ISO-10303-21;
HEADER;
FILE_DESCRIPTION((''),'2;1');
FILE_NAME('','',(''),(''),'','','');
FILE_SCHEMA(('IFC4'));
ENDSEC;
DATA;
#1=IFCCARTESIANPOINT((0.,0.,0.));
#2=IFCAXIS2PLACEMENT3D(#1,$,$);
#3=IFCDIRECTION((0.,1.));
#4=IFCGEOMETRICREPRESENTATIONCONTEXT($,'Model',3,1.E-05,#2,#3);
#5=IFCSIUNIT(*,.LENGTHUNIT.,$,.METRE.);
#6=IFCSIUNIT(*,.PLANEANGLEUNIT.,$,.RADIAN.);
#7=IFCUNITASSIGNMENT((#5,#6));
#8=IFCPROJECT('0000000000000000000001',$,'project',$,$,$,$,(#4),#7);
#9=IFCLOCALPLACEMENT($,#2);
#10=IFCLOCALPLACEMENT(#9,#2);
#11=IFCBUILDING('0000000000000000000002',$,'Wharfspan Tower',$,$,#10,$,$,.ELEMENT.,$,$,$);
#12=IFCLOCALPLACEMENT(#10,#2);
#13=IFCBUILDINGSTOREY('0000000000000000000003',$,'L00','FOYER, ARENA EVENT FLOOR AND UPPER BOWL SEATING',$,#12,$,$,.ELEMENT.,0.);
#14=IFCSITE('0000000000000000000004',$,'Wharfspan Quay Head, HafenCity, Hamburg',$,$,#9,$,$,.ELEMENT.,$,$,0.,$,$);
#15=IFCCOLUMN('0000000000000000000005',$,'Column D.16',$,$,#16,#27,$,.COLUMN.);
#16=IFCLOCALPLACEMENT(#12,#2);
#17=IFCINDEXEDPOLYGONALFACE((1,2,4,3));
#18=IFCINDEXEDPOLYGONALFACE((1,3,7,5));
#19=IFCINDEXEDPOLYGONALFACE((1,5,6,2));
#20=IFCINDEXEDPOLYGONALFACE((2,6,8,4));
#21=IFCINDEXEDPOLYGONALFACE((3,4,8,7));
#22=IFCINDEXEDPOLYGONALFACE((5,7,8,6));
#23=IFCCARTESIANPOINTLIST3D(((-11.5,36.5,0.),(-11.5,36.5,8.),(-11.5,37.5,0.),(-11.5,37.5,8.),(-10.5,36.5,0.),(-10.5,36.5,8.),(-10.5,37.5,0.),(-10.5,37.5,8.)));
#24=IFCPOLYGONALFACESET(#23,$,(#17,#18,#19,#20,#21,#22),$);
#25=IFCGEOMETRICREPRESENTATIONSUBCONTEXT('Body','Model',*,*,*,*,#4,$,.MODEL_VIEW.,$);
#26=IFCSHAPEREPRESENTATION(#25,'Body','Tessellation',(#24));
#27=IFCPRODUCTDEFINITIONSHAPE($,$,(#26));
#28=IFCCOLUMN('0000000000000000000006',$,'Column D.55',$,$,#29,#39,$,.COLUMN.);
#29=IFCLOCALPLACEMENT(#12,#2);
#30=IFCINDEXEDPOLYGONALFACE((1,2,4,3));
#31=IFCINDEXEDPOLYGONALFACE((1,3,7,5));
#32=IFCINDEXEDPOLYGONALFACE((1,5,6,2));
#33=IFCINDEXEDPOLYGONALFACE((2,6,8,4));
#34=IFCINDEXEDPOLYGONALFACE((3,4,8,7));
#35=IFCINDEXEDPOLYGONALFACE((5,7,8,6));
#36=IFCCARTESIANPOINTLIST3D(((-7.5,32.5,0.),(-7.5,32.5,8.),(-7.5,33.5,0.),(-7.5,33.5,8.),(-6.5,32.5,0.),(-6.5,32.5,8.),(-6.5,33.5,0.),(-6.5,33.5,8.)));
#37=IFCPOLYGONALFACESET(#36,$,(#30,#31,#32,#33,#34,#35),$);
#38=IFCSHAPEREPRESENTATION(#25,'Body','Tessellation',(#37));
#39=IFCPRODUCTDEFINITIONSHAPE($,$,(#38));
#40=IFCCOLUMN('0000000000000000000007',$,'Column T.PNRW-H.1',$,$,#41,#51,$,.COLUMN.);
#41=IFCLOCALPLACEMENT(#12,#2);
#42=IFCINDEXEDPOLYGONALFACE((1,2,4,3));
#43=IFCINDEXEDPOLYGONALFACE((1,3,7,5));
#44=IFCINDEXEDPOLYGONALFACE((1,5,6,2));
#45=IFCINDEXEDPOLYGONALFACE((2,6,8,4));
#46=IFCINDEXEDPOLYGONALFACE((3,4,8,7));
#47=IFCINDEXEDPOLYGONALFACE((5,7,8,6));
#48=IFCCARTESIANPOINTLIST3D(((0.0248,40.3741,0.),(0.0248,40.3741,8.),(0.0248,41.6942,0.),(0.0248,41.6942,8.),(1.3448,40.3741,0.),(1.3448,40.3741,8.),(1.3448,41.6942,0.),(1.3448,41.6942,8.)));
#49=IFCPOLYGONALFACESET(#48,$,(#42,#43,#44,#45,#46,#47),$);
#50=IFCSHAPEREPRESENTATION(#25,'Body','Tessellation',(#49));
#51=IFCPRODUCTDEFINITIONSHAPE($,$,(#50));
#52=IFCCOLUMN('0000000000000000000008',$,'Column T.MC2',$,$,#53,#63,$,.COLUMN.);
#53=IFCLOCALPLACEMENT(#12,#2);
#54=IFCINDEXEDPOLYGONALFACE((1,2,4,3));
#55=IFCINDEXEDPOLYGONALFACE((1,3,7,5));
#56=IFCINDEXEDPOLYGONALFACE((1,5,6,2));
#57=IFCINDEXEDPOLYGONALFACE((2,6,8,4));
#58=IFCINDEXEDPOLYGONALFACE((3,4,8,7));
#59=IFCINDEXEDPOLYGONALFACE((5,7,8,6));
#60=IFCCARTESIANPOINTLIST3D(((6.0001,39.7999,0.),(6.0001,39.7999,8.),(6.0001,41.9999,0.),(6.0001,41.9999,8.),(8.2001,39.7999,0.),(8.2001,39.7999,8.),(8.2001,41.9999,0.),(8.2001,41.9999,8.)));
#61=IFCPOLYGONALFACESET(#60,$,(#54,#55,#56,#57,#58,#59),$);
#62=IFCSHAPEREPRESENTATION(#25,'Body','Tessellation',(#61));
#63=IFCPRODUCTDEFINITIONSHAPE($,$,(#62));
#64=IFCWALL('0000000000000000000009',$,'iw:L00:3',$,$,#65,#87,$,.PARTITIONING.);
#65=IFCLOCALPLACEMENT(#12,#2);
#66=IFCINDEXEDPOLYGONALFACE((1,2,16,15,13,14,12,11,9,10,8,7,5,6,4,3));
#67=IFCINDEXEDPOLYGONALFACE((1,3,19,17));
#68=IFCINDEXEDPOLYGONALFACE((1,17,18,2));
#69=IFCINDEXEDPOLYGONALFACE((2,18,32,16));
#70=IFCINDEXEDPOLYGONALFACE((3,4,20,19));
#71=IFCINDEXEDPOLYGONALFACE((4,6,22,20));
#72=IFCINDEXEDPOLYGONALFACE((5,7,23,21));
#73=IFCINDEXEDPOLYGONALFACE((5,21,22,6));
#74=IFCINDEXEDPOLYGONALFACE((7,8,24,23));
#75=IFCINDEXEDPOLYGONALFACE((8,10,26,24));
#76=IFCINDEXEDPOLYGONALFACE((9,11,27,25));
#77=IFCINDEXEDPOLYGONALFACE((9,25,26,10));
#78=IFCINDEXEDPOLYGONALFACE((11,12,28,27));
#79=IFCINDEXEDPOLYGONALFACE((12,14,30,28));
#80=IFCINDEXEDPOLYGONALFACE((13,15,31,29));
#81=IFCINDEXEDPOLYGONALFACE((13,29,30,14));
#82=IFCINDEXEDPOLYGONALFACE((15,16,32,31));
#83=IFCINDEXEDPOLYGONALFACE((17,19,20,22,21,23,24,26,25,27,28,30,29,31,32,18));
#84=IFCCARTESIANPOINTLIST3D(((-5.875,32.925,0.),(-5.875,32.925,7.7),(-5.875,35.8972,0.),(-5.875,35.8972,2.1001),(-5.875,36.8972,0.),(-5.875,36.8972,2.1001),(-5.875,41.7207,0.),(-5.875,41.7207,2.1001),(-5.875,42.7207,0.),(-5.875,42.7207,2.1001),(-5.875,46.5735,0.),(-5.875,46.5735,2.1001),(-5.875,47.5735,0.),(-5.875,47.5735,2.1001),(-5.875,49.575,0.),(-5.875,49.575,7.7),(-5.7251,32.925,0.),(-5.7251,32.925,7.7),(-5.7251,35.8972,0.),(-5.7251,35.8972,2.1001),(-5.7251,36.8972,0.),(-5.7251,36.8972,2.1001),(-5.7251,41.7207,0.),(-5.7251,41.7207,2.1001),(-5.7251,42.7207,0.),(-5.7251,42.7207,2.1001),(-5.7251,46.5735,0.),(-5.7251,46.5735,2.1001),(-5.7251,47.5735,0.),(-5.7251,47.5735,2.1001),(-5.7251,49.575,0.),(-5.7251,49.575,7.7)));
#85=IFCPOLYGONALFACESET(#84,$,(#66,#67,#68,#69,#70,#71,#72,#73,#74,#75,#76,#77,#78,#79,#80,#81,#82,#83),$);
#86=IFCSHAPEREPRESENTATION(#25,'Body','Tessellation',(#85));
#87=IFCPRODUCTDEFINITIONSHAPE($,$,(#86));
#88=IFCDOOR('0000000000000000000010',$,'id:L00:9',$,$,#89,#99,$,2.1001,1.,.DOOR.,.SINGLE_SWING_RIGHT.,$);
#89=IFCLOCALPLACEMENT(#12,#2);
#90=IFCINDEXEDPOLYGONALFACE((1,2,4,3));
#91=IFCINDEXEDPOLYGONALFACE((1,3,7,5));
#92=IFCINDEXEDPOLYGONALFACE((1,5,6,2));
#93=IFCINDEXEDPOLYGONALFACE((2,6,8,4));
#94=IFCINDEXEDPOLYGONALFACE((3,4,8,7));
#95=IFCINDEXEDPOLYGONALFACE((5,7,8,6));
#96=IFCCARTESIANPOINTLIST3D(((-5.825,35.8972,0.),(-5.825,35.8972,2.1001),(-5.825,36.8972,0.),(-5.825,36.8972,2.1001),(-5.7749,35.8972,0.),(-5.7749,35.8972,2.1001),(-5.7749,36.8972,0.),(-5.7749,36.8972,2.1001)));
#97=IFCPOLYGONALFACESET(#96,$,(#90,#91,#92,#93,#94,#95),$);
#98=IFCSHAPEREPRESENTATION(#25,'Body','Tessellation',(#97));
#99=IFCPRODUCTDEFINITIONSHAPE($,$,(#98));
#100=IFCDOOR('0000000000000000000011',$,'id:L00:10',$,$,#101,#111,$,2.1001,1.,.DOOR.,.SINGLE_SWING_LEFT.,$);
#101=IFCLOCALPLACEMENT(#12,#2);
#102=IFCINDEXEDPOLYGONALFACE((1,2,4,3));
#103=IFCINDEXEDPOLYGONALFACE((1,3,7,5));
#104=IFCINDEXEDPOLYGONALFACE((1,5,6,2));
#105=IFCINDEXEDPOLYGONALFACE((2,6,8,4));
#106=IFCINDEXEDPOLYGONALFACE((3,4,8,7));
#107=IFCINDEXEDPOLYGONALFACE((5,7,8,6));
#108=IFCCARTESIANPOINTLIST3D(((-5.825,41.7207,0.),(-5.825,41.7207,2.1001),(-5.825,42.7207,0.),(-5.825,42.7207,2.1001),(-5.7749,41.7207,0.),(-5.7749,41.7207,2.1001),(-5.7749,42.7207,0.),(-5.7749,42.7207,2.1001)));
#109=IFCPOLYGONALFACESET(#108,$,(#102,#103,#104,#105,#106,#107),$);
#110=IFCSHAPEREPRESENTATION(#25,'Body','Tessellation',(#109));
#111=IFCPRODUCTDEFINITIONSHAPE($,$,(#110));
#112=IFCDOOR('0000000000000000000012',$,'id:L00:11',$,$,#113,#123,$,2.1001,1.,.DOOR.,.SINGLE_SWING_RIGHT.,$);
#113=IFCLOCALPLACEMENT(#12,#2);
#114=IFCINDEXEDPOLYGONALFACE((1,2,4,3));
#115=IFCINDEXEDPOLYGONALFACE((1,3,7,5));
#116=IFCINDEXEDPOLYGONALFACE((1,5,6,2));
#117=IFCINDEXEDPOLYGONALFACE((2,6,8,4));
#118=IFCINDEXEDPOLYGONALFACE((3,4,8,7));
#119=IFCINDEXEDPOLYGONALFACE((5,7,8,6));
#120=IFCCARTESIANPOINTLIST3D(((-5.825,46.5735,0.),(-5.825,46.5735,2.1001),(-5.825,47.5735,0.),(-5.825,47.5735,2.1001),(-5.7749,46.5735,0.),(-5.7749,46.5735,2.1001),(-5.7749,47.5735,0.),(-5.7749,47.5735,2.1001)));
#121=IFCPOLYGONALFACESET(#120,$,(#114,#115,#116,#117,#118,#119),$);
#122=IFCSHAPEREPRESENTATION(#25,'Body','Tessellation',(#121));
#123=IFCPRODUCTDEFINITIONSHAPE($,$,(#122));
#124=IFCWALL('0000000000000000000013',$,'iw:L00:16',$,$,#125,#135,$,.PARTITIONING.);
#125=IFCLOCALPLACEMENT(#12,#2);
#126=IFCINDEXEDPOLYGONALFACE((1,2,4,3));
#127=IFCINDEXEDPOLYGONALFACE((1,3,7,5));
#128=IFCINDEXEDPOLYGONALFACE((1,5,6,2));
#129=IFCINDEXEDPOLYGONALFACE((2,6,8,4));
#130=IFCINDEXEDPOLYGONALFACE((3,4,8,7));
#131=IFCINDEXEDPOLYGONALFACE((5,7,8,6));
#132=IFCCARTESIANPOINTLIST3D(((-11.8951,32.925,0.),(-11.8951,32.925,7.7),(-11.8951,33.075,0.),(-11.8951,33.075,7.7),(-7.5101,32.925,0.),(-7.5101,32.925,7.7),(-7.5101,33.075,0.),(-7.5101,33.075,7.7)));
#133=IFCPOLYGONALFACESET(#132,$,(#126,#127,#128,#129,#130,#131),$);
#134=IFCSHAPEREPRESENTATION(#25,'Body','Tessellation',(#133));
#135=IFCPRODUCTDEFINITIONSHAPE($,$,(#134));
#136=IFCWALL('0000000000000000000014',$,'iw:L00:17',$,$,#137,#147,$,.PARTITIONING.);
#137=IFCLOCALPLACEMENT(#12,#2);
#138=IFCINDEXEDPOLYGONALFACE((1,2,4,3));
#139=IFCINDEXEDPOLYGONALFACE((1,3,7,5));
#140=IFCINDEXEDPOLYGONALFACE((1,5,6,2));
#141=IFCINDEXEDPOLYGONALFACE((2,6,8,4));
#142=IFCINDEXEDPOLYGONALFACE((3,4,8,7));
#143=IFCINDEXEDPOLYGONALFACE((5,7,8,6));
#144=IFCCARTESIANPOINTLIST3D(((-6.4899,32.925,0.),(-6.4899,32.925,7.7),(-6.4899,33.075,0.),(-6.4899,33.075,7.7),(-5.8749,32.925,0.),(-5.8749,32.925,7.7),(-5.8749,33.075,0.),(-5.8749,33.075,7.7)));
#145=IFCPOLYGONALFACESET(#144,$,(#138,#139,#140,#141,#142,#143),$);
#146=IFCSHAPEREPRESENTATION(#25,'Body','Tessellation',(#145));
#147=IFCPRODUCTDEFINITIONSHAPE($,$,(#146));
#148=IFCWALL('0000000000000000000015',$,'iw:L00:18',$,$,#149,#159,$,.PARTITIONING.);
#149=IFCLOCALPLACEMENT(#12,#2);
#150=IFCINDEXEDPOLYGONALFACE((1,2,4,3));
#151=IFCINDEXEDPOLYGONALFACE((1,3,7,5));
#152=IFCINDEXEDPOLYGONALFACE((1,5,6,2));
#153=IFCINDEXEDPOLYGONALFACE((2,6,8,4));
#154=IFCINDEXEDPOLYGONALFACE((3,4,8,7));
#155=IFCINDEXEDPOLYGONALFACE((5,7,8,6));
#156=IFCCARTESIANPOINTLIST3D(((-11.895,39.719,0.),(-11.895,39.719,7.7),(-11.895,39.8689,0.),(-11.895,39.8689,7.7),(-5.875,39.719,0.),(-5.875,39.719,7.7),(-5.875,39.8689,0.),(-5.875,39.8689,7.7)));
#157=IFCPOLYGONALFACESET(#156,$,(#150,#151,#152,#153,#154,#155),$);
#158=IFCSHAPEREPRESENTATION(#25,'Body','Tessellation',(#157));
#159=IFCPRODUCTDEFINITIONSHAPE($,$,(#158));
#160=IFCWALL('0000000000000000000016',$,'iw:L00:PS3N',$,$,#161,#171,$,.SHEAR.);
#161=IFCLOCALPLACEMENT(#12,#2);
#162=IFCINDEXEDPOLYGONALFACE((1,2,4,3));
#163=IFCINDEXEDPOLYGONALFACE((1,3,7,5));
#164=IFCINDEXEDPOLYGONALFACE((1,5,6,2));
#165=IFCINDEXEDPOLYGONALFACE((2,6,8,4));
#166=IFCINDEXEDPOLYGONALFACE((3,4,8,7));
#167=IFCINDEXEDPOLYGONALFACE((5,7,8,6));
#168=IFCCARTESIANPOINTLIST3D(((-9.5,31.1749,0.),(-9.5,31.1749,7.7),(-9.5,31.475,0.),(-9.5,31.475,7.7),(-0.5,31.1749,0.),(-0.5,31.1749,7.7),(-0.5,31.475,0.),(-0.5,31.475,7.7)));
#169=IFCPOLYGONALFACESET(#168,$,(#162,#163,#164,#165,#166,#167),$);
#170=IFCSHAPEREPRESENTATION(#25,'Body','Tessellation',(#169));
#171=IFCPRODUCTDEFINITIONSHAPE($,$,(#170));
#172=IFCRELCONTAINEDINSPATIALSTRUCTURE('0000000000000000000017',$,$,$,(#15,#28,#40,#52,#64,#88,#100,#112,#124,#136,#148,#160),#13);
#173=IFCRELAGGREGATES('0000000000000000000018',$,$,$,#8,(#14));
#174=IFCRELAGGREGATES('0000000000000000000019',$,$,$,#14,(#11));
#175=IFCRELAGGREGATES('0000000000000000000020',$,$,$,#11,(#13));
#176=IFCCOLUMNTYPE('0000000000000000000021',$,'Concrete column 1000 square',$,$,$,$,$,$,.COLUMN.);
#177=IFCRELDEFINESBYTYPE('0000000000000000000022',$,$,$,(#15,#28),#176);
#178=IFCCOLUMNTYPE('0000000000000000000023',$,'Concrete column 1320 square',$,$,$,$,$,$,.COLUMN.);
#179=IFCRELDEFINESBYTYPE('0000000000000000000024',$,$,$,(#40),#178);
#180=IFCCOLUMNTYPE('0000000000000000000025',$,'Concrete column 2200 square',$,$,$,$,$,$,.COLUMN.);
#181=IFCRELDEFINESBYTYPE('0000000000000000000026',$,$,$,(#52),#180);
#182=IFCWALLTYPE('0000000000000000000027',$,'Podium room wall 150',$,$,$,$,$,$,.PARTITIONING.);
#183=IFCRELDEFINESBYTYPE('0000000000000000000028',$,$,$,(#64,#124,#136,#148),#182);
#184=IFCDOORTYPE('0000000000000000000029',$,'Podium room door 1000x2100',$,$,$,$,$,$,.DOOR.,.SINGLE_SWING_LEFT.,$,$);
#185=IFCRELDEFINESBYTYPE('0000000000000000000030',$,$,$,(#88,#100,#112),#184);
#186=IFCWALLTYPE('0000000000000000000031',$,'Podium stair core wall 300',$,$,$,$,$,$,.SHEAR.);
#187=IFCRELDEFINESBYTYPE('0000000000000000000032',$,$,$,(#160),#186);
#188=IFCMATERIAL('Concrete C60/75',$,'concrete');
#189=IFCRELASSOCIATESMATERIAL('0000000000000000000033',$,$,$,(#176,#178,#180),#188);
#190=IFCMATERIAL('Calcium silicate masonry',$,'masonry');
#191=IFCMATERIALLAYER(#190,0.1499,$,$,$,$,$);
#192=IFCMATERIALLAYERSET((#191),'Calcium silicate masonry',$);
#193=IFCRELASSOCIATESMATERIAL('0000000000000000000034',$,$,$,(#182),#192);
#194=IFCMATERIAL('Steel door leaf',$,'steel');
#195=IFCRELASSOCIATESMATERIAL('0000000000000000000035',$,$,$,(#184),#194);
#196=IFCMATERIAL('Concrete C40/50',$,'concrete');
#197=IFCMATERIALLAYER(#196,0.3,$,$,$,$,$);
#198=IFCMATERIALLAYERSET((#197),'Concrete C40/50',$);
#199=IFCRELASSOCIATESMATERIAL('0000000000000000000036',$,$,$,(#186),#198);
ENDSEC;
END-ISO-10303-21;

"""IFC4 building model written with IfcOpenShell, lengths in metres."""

from ifc_helpers import new_model, si_unit, direction, frame, frame_2d, origin, origin_2d, place, context, subcontext, project, spatial, rectangle, extrude, material, layer, layer_set, material_profile, profile_set, type_object, element, fill, save


model = new_model("IFC4")

# Units and contexts
model_context = context("Model", 3, precision=1e-05, world=origin(), true_north=direction((0.0, 1.0)))
body_context = subcontext(model_context, "Body", "Model", "MODEL_VIEW")
ifc_project = project(units=[si_unit("LENGTHUNIT", "METRE"), si_unit("PLANEANGLEUNIT", "RADIAN")], contexts=[model_context])

# Site, building, storey
site_placement = place(None, origin())
site = spatial("IfcSite", under=ifc_project, at=site_placement, Name="Wharfspan Quay Head, HafenCity, Hamburg", CompositionType="ELEMENT", RefElevation=0.0)
building_placement = place(site_placement, origin())
building = spatial("IfcBuilding", under=site, at=building_placement, Name="Wharfspan Tower", CompositionType="ELEMENT")
storey_placement = place(building_placement, origin())
storey = spatial("IfcBuildingStorey", under=building, at=storey_placement, Name="L00", Description="FOYER, ARENA EVENT FLOOR AND UPPER BOWL SEATING", CompositionType="ELEMENT", Elevation=0.0)

# Columns
ifc_material_1 = material(Name="Concrete C60/75", Category="concrete")
ifc_material_profile_1 = material_profile(ifc_material_1, rectangle(XDim=1.0, YDim=1.0, at=origin_2d()))
ifc_profile_set_1 = profile_set([ifc_material_profile_1], Name="Concrete C60/75")
column_type_1 = type_object("IfcColumnType", Name="Concrete column 1000 square", PredefinedType="COLUMN", material=ifc_profile_set_1)
for number, where, z_axis, x_axis, name in (
    (1, (-11.0, 37.0, 0.0), (0.0, 0.0, 1.0), (1.0, 0.0, 0.0), "Column D.16"),
    (2, (-7.0, 33.0, 0.0), (0.0, 0.0, 1.0), (1.0, 0.0, 0.0), "Column D.55"),
):
    element("IfcColumn", number, at=place(storey_placement, frame(where, z_axis=z_axis, x_axis=x_axis)), inside=storey, type_object=column_type_1, Name=name, PredefinedType="COLUMN", context=body_context, shape_type="SweptSolid", body=[
        extrude(rectangle(XDim=1.0, YDim=1.0, at=origin_2d()), origin(), (0.0, 0.0, 1.0), 8.0),
    ])
ifc_material_profile_2 = material_profile(ifc_material_1, rectangle(XDim=1.3201, YDim=1.3201, at=origin_2d()))
ifc_profile_set_2 = profile_set([ifc_material_profile_2], Name="Concrete C60/75")
column_type_2 = type_object("IfcColumnType", Name="Concrete column 1320 square", PredefinedType="COLUMN", material=ifc_profile_set_2)
column_1_placement = place(storey_placement, frame((0.6848, 41.0342, 0.0), z_axis=(0.0, 0.0, 1.0), x_axis=(1.0, 0.0, 0.0)))
element("IfcColumn", 3, at=column_1_placement, inside=storey, type_object=column_type_2, Name="Column T.PNRW-H.1", PredefinedType="COLUMN", context=body_context, shape_type="SweptSolid", body=[
    extrude(rectangle(XDim=1.3201, YDim=1.3201, at=origin_2d()), origin(), (0.0, 0.0, 1.0), 8.0),
])
ifc_material_profile_3 = material_profile(ifc_material_1, rectangle(XDim=2.2, YDim=2.2, at=origin_2d()))
ifc_profile_set_3 = profile_set([ifc_material_profile_3], Name="Concrete C60/75")
column_type_3 = type_object("IfcColumnType", Name="Concrete column 2200 square", PredefinedType="COLUMN", material=ifc_profile_set_3)
column_2_placement = place(storey_placement, frame((7.1001, 40.8999, 0.0), z_axis=(0.0, 0.0, 1.0), x_axis=(1.0, 0.0, 0.0)))
element("IfcColumn", 4, at=column_2_placement, inside=storey, type_object=column_type_3, Name="Column T.MC2", PredefinedType="COLUMN", context=body_context, shape_type="SweptSolid", body=[
    extrude(rectangle(XDim=2.2, YDim=2.2, at=origin_2d()), origin(), (0.0, 0.0, 1.0), 8.0),
])

# Wall, openings, doors
ifc_material_2 = material(Name="Calcium silicate masonry", Category="masonry")
ifc_layer_1 = layer(ifc_material_2, 0.1499)
ifc_layer_set_1 = layer_set([ifc_layer_1], Name="Calcium silicate masonry")
wall_type_1 = type_object("IfcWallType", Name="Podium room wall 150", PredefinedType="PARTITIONING", material=ifc_layer_set_1)
wall_1_placement = place(storey_placement, frame((-5.8, 32.925, 0.0), z_axis=(0.0, 0.0, 1.0), x_axis=(0.0, 1.0, 0.0)))
wall_1 = element("IfcWall", 5, at=wall_1_placement, inside=storey, type_object=wall_type_1, Name="iw:L00:3", PredefinedType="PARTITIONING", context=body_context, shape_type="SweptSolid", body=[
    extrude(rectangle(XDim=16.6499, YDim=0.1499, at=frame_2d((8.325, 0.0))), origin(), (0.0, 0.0, 1.0), 7.7),
])
opening_1_placement = place(wall_1_placement, frame((2.9722, 0.0, 0.0)))
opening_1 = element("IfcOpeningElement", 6, at=opening_1_placement, cuts=wall_1, PredefinedType="OPENING", context=body_context, shape_type="SweptSolid", body=[
    extrude(rectangle(XDim=1.0, YDim=2.1001, at=frame_2d((0.5, 1.05))), frame((0.0, 0.085, 0.0), z_axis=(0.0, -1.0, 0.0), x_axis=(1.0, 0.0, 0.0)), (0.0, 0.0, 1.0), 0.1699),
])
opening_2_placement = place(wall_1_placement, frame((8.7957, 0.0, 0.0)))
opening_2 = element("IfcOpeningElement", 7, at=opening_2_placement, cuts=wall_1, PredefinedType="OPENING", context=body_context, shape_type="SweptSolid", body=[
    extrude(rectangle(XDim=1.0, YDim=2.1001, at=frame_2d((0.5, 1.05))), frame((0.0, 0.085, 0.0), z_axis=(0.0, -1.0, 0.0), x_axis=(1.0, 0.0, 0.0)), (0.0, 0.0, 1.0), 0.1699),
])
opening_3_placement = place(wall_1_placement, frame((13.6484, 0.0, 0.0)))
opening_3 = element("IfcOpeningElement", 8, at=opening_3_placement, cuts=wall_1, PredefinedType="OPENING", context=body_context, shape_type="SweptSolid", body=[
    extrude(rectangle(XDim=1.0, YDim=2.1001, at=frame_2d((0.5, 1.05))), frame((0.0, 0.085, 0.0), z_axis=(0.0, -1.0, 0.0), x_axis=(1.0, 0.0, 0.0)), (0.0, 0.0, 1.0), 0.1699),
])
ifc_material_3 = material(Name="Steel door leaf", Category="steel")
door_type_1 = type_object("IfcDoorType", Name="Podium room door 1000x2100", OperationType="SINGLE_SWING_LEFT", PredefinedType="DOOR", material=ifc_material_3)
door_1_placement = place(opening_1_placement, origin())
door_1 = element("IfcDoor", 9, at=door_1_placement, inside=storey, type_object=door_type_1, Name="id:L00:9", OperationType="SINGLE_SWING_RIGHT", OverallHeight=2.1001, OverallWidth=1.0, PredefinedType="DOOR", context=body_context, shape_type="SweptSolid", body=[
    extrude(rectangle(XDim=1.0, YDim=2.1001, at=frame_2d((0.5, 1.05))), frame((0.0, 0.0249, 0.0), z_axis=(0.0, -1.0, 0.0), x_axis=(1.0, 0.0, 0.0)), (0.0, 0.0, 1.0), 0.05),
])
fill(opening_1, door_1)
door_2_placement = place(opening_2_placement, origin())
door_2 = element("IfcDoor", 10, at=door_2_placement, inside=storey, type_object=door_type_1, Name="id:L00:10", OperationType="SINGLE_SWING_LEFT", OverallHeight=2.1001, OverallWidth=1.0, PredefinedType="DOOR", context=body_context, shape_type="SweptSolid", body=[
    extrude(rectangle(XDim=1.0, YDim=2.1001, at=frame_2d((0.5, 1.05))), frame((0.0, 0.0249, 0.0), z_axis=(0.0, -1.0, 0.0), x_axis=(1.0, 0.0, 0.0)), (0.0, 0.0, 1.0), 0.05),
])
fill(opening_2, door_2)
door_3_placement = place(opening_3_placement, origin())
door_3 = element("IfcDoor", 11, at=door_3_placement, inside=storey, type_object=door_type_1, Name="id:L00:11", OperationType="SINGLE_SWING_RIGHT", OverallHeight=2.1001, OverallWidth=1.0, PredefinedType="DOOR", context=body_context, shape_type="SweptSolid", body=[
    extrude(rectangle(XDim=1.0, YDim=2.1001, at=frame_2d((0.5, 1.05))), frame((0.0, 0.0249, 0.0), z_axis=(0.0, -1.0, 0.0), x_axis=(1.0, 0.0, 0.0)), (0.0, 0.0, 1.0), 0.05),
])
fill(opening_3, door_3)

# Walls
wall_2_placement = place(storey_placement, frame((-11.895, 33.0, 0.0), z_axis=(0.0, 0.0, 1.0), x_axis=(1.0, 0.0, 0.0)))
element("IfcWall", 12, at=wall_2_placement, inside=storey, type_object=wall_type_1, Name="iw:L00:16", PredefinedType="PARTITIONING", context=body_context, shape_type="SweptSolid", body=[
    extrude(rectangle(XDim=4.385, YDim=0.1499, at=frame_2d((2.1924, 0.0))), origin(), (0.0, 0.0, 1.0), 7.7),
])
wall_3_placement = place(storey_placement, frame((-6.49, 33.0, 0.0), z_axis=(0.0, 0.0, 1.0), x_axis=(1.0, 0.0, 0.0)))
element("IfcWall", 13, at=wall_3_placement, inside=storey, type_object=wall_type_1, Name="iw:L00:17", PredefinedType="PARTITIONING", context=body_context, shape_type="SweptSolid", body=[
    extrude(rectangle(XDim=0.615, YDim=0.1499, at=frame_2d((0.3076, 0.0))), origin(), (0.0, 0.0, 1.0), 7.7),
])
wall_4_placement = place(storey_placement, frame((-11.895, 39.7939, 0.0), z_axis=(0.0, 0.0, 1.0), x_axis=(1.0, 0.0, 0.0)))
element("IfcWall", 14, at=wall_4_placement, inside=storey, type_object=wall_type_1, Name="iw:L00:18", PredefinedType="PARTITIONING", context=body_context, shape_type="SweptSolid", body=[
    extrude(rectangle(XDim=6.02, YDim=0.1499, at=frame_2d((3.01, 0.0))), origin(), (0.0, 0.0, 1.0), 7.7),
])
ifc_material_4 = material(Name="Concrete C40/50", Category="concrete")
ifc_layer_2 = layer(ifc_material_4, 0.3)
ifc_layer_set_2 = layer_set([ifc_layer_2], Name="Concrete C40/50")
wall_type_2 = type_object("IfcWallType", Name="Podium stair core wall 300", PredefinedType="SHEAR", material=ifc_layer_set_2)
wall_5_placement = place(storey_placement, frame((-9.5, 31.325, 0.0), z_axis=(0.0, 0.0, 1.0), x_axis=(1.0, 0.0, 0.0)))
element("IfcWall", 15, at=wall_5_placement, inside=storey, type_object=wall_type_2, Name="iw:L00:PS3N", PredefinedType="SHEAR", context=body_context, shape_type="SweptSolid", body=[
    extrude(rectangle(XDim=9.0, YDim=0.3, at=frame_2d((4.5, 0.0))), origin(), (0.0, 0.0, 1.0), 7.7),
])

save(model, "model.ifc")
